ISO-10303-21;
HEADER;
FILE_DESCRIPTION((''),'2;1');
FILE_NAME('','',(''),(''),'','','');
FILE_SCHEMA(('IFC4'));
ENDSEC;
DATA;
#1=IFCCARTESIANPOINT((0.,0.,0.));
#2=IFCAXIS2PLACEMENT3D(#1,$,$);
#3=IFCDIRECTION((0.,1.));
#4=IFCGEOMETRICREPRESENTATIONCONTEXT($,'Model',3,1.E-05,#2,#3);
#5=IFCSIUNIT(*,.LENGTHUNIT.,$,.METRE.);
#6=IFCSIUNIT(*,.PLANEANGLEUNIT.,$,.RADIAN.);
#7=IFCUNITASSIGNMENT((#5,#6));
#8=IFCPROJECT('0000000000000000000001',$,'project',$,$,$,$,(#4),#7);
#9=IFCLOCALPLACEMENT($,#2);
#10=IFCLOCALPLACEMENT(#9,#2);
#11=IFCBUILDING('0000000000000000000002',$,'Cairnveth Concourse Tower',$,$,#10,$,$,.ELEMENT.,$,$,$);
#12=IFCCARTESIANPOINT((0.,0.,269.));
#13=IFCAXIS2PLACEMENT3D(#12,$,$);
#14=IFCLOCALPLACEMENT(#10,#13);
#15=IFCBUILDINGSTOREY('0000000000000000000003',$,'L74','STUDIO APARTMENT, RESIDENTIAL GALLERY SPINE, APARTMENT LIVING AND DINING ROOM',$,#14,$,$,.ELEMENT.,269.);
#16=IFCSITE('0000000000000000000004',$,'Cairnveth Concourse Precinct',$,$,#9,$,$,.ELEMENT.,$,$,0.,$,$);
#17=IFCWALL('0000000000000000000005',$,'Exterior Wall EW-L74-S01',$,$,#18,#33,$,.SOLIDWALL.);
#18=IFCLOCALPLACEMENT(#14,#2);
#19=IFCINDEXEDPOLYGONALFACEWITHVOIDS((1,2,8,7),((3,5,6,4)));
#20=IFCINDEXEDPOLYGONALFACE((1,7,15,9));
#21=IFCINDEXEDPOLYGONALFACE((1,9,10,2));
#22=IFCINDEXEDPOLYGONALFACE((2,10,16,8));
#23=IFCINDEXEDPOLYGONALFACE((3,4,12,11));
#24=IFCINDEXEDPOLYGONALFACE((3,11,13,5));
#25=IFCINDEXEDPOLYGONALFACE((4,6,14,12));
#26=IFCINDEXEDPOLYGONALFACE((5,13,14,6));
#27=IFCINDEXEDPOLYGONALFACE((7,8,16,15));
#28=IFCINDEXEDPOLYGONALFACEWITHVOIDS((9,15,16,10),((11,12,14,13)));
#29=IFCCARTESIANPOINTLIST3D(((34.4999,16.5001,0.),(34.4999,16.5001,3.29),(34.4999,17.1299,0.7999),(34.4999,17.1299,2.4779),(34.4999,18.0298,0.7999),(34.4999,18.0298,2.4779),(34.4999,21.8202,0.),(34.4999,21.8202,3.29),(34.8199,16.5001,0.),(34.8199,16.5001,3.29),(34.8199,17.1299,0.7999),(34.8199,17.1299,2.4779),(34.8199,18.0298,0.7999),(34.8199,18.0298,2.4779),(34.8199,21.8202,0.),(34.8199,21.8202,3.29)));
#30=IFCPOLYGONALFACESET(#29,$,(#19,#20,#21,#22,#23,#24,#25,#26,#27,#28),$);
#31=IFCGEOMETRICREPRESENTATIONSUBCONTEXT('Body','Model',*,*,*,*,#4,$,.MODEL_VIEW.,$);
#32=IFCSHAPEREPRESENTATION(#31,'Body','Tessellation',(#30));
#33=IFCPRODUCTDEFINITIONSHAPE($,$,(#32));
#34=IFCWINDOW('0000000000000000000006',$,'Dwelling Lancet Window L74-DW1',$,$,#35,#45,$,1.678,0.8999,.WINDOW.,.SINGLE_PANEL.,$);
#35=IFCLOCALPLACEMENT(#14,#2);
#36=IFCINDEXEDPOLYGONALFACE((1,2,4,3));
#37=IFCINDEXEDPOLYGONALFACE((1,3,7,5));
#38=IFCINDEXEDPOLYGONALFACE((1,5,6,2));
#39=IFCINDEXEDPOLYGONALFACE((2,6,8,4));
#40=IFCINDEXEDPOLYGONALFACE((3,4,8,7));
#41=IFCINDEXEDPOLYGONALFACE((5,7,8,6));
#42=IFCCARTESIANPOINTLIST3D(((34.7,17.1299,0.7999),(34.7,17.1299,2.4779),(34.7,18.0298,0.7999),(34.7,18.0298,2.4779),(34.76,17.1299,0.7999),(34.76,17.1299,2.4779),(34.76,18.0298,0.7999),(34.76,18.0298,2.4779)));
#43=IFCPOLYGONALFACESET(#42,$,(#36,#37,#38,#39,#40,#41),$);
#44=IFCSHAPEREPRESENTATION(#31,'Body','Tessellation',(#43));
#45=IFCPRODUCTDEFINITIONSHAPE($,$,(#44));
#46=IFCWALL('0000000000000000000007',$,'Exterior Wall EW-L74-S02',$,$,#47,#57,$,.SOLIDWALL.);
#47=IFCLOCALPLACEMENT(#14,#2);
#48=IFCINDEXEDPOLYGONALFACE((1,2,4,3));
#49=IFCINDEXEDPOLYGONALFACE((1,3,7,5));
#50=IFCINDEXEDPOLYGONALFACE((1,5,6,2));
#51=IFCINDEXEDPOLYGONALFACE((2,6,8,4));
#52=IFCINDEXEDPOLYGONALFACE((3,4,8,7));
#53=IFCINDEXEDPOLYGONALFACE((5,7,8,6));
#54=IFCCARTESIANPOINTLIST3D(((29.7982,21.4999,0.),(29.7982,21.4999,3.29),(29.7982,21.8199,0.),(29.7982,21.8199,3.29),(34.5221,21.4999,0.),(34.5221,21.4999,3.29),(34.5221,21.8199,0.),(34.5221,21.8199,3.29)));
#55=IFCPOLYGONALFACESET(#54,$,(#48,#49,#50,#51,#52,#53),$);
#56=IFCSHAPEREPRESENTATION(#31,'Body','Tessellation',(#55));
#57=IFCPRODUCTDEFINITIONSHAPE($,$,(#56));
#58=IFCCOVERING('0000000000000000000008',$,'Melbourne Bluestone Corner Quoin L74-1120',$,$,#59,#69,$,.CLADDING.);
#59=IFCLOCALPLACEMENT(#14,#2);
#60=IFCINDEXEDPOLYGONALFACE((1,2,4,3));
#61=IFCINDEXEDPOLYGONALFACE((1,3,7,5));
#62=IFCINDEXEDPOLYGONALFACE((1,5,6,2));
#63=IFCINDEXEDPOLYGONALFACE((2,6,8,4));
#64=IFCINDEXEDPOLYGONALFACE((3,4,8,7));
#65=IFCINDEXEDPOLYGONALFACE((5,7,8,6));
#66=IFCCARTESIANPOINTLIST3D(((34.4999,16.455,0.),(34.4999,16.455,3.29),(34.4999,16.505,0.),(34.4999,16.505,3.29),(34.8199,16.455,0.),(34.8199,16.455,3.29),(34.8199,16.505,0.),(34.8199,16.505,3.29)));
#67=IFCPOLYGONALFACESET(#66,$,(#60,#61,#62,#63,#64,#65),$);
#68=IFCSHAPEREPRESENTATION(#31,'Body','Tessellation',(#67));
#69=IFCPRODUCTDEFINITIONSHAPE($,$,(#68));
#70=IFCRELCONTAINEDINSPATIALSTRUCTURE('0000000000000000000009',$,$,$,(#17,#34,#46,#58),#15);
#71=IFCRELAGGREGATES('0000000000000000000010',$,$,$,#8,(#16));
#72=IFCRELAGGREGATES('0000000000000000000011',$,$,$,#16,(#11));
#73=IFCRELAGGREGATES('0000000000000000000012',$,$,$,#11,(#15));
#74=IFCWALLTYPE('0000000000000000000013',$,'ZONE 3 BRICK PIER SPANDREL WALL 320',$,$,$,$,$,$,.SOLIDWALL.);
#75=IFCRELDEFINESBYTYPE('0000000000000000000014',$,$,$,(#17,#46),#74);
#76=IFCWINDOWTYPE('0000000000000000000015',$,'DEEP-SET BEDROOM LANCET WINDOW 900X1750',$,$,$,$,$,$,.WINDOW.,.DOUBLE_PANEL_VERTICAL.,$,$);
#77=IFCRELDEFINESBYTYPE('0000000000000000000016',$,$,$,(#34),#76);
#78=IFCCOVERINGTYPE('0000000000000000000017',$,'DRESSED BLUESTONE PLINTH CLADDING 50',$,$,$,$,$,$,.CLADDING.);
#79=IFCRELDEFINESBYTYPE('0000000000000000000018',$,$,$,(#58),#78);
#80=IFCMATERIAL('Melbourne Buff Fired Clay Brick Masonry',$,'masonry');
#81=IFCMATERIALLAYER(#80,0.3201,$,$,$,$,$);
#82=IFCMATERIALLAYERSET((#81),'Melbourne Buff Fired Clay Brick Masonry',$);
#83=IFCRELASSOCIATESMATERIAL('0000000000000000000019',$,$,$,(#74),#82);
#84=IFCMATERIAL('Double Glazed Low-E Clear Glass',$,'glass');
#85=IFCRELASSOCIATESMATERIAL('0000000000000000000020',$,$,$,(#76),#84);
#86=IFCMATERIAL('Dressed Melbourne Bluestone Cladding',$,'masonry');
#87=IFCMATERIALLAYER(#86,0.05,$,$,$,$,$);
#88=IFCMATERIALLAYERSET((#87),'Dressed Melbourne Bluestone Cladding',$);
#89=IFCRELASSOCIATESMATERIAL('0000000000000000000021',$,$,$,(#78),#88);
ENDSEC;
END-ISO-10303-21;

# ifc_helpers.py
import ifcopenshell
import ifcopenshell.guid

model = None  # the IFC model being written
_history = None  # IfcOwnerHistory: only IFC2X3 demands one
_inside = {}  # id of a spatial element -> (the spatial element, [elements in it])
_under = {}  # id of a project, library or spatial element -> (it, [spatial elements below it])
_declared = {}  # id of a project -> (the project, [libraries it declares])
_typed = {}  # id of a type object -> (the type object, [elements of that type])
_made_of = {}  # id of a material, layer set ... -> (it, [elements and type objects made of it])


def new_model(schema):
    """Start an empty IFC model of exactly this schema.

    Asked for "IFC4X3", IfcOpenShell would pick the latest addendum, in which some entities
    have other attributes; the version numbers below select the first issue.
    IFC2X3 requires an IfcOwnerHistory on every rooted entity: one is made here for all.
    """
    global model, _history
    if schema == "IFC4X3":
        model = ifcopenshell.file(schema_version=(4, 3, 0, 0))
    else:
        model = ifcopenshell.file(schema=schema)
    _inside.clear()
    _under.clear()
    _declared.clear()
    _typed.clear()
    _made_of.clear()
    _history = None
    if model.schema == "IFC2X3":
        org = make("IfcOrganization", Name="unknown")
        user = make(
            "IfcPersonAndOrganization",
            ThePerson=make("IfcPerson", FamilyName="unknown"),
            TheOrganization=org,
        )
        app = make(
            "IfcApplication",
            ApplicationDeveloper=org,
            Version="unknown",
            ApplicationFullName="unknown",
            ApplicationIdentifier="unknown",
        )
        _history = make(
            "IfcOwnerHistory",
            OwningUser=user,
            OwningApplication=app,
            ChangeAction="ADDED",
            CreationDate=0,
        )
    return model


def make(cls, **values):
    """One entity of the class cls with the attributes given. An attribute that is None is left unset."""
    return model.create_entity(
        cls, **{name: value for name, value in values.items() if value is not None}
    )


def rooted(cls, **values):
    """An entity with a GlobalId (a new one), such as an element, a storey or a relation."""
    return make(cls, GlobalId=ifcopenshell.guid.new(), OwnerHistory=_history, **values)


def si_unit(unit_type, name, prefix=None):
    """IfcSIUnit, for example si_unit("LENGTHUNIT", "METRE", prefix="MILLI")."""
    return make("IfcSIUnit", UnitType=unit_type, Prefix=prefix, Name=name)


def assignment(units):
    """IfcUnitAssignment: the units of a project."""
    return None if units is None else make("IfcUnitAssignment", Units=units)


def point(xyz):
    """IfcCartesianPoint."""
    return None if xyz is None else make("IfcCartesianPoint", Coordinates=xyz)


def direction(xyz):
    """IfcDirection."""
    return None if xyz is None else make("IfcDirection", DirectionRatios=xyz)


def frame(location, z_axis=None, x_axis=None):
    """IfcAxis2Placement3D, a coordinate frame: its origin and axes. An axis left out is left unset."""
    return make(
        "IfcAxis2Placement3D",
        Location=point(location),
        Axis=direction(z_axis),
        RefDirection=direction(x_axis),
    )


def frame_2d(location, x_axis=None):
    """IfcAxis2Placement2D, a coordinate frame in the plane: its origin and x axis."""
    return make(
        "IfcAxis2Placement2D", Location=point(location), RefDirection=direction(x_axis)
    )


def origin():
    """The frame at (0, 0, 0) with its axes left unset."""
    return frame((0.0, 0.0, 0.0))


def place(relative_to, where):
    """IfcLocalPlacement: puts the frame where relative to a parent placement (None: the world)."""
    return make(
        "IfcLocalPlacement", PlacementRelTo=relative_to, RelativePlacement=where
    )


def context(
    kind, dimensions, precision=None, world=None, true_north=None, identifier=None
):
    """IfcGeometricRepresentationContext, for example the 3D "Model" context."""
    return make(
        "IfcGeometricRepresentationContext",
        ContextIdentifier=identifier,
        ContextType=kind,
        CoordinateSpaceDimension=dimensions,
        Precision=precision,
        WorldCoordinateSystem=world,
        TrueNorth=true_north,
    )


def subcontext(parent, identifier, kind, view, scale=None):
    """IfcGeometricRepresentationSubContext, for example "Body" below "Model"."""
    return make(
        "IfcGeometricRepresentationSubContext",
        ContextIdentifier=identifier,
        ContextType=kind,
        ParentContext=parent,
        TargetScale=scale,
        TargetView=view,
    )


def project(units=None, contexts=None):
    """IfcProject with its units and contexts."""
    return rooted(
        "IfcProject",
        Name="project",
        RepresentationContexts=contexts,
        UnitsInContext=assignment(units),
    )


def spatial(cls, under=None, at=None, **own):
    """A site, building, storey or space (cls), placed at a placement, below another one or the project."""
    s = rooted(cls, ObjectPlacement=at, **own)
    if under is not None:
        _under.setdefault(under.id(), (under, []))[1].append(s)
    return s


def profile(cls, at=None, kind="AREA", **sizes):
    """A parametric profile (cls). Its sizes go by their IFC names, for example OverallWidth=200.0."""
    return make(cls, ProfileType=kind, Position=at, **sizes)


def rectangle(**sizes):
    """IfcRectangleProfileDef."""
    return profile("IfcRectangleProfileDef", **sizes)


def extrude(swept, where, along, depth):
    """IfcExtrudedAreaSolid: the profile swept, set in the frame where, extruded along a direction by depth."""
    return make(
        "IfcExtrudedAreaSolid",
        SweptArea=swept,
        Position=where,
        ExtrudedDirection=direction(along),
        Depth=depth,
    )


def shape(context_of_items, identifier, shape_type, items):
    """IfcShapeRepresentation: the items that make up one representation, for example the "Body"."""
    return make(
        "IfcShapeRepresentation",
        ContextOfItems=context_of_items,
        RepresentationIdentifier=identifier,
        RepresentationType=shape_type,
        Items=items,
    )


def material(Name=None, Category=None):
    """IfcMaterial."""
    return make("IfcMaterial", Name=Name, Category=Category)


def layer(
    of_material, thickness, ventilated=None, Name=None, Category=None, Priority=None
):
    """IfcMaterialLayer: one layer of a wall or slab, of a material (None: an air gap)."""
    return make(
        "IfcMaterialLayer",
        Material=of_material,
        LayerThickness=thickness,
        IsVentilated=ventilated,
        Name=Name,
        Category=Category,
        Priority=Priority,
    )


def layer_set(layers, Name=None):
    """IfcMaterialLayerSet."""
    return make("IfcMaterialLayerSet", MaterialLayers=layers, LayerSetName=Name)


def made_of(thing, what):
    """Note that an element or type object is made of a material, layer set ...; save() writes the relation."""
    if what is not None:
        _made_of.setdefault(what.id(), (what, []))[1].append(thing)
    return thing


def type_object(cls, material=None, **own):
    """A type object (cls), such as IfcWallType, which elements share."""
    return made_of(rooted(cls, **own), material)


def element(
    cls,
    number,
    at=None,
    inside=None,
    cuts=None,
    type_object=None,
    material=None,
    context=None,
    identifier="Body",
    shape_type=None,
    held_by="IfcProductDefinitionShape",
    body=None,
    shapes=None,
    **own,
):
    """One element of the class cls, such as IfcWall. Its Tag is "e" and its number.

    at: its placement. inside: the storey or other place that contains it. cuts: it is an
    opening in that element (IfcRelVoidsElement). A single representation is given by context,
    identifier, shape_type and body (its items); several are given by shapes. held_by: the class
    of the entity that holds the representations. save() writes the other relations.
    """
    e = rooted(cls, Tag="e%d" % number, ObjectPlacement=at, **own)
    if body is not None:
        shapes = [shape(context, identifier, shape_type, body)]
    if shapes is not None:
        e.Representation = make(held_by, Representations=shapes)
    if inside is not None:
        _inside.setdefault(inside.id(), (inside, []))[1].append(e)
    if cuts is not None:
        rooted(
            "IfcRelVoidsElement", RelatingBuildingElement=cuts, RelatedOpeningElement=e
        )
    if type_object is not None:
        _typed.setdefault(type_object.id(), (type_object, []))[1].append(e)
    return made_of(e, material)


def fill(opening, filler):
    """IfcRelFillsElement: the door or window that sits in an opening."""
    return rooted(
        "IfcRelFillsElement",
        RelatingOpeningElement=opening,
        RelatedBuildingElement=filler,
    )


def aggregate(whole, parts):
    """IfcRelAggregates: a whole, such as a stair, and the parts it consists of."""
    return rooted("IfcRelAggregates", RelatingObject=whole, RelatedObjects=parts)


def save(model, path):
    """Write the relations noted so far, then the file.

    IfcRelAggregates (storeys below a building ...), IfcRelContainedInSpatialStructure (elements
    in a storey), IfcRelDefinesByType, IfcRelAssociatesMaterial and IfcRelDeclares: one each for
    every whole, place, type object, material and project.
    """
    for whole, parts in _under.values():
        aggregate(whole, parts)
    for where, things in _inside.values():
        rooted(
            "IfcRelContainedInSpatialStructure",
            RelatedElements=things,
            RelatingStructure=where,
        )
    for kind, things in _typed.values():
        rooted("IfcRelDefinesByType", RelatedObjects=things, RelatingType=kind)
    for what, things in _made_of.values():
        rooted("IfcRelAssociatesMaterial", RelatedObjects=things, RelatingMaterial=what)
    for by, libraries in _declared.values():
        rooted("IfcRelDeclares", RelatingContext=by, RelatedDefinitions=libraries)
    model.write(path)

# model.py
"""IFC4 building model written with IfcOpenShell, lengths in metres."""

from ifc_helpers import new_model, si_unit, direction, frame, frame_2d, origin, place, context, subcontext, project, spatial, rectangle, extrude, material, layer, layer_set, type_object, element, fill, save


model = new_model("IFC4")

# Units and contexts
model_context = context("Model", 3, precision=1e-05, world=origin(), true_north=direction((0.0, 1.0)))
body_context = subcontext(model_context, "Body", "Model", "MODEL_VIEW")
ifc_project = project(units=[si_unit("LENGTHUNIT", "METRE"), si_unit("PLANEANGLEUNIT", "RADIAN")], contexts=[model_context])

# Site, building, storey
site_placement = place(None, origin())
site = spatial("IfcSite", under=ifc_project, at=site_placement, Name="Cairnveth Concourse Precinct", CompositionType="ELEMENT", RefElevation=0.0)
building_placement = place(site_placement, origin())
building = spatial("IfcBuilding", under=site, at=building_placement, Name="Cairnveth Concourse Tower", CompositionType="ELEMENT")
storey_placement = place(building_placement, frame((0.0, 0.0, 269.0)))
storey = spatial("IfcBuildingStorey", under=building, at=storey_placement, Name="L74", Description="STUDIO APARTMENT, RESIDENTIAL GALLERY SPINE, APARTMENT LIVING AND DINING ROOM", CompositionType="ELEMENT", Elevation=269.0)

# Wall, opening, window
ifc_material_1 = material(Name="Melbourne Buff Fired Clay Brick Masonry", Category="masonry")
ifc_layer_1 = layer(ifc_material_1, 0.3201)
ifc_layer_set_1 = layer_set([ifc_layer_1], Name="Melbourne Buff Fired Clay Brick Masonry")
wall_type_1 = type_object("IfcWallType", Name="ZONE 3 BRICK PIER SPANDREL WALL 320", PredefinedType="SOLIDWALL", material=ifc_layer_set_1)
wall_1_placement = place(storey_placement, frame((34.6599, 16.5, 0.0), z_axis=(0.0, 0.0, 1.0), x_axis=(0.0, 1.0, 0.0)))
wall_1 = element("IfcWall", 1, at=wall_1_placement, inside=storey, type_object=wall_type_1, Name="Exterior Wall EW-L74-S01", PredefinedType="SOLIDWALL", context=body_context, shape_type="SweptSolid", body=[
    extrude(rectangle(XDim=5.3201, YDim=0.3201, at=frame_2d((2.6602, 0.0))), origin(), (0.0, 0.0, 1.0), 3.29),
])
opening_1_placement = place(wall_1_placement, frame((0.6299, 0.0, 0.8)))
opening_1 = element("IfcOpeningElement", 2, at=opening_1_placement, cuts=wall_1, PredefinedType="OPENING", context=body_context, shape_type="SweptSolid", body=[
    extrude(rectangle(XDim=0.8999, YDim=1.678, at=frame_2d((0.45, 0.8389))), frame((0.0, 0.1699, 0.0), z_axis=(0.0, -1.0, 0.0), x_axis=(1.0, 0.0, 0.0)), (0.0, 0.0, 1.0), 0.3401),
])
ifc_material_2 = material(Name="Double Glazed Low-E Clear Glass", Category="glass")
window_type = type_object("IfcWindowType", Name="DEEP-SET BEDROOM LANCET WINDOW 900X1750", PartitioningType="DOUBLE_PANEL_VERTICAL", PredefinedType="WINDOW", material=ifc_material_2)
window_placement = place(opening_1_placement, origin())
window = element("IfcWindow", 3, at=window_placement, inside=storey, type_object=window_type, Name="Dwelling Lancet Window L74-DW1", OverallHeight=1.678, OverallWidth=0.8999, PartitioningType="SINGLE_PANEL", PredefinedType="WINDOW", context=body_context, shape_type="SweptSolid", body=[
    extrude(rectangle(XDim=0.8999, YDim=1.678, at=frame_2d((0.45, 0.8389))), frame((0.0, -0.04, 0.0), z_axis=(0.0, -1.0, 0.0), x_axis=(1.0, 0.0, 0.0)), (0.0, 0.0, 1.0), 0.0601),
])
fill(opening_1, window)

# Wall
wall_2_placement = place(storey_placement, frame((34.522, 21.6599, 0.0), z_axis=(0.0, 0.0, 1.0), x_axis=(-1.0, 0.0, 0.0)))
element("IfcWall", 4, at=wall_2_placement, inside=storey, type_object=wall_type_1, Name="Exterior Wall EW-L74-S02", PredefinedType="SOLIDWALL", context=body_context, shape_type="SweptSolid", body=[
    extrude(rectangle(XDim=4.7239, YDim=0.3201, at=frame_2d((2.3618, 0.0))), origin(), (0.0, 0.0, 1.0), 3.29),
])

# Covering
ifc_material_3 = material(Name="Dressed Melbourne Bluestone Cladding", Category="masonry")
ifc_layer_2 = layer(ifc_material_3, 0.05)
ifc_layer_set_2 = layer_set([ifc_layer_2], Name="Dressed Melbourne Bluestone Cladding")
covering_type = type_object("IfcCoveringType", Name="DRESSED BLUESTONE PLINTH CLADDING 50", PredefinedType="CLADDING", material=ifc_layer_set_2)
covering_placement = place(storey_placement, frame((34.8201, 16.48, 0.0), z_axis=(0.0, 0.0, 1.0), x_axis=(-1.0, 0.0, 0.0)))
element("IfcCovering", 5, at=covering_placement, inside=storey, type_object=covering_type, Name="Melbourne Bluestone Corner Quoin L74-1120", PredefinedType="CLADDING", context=body_context, shape_type="SweptSolid", body=[
    extrude(rectangle(XDim=0.3201, YDim=0.05, at=frame_2d((0.1602, 0.0))), origin(), (0.0, 0.0, 1.0), 3.29),
])

save(model, "model.ifc")
